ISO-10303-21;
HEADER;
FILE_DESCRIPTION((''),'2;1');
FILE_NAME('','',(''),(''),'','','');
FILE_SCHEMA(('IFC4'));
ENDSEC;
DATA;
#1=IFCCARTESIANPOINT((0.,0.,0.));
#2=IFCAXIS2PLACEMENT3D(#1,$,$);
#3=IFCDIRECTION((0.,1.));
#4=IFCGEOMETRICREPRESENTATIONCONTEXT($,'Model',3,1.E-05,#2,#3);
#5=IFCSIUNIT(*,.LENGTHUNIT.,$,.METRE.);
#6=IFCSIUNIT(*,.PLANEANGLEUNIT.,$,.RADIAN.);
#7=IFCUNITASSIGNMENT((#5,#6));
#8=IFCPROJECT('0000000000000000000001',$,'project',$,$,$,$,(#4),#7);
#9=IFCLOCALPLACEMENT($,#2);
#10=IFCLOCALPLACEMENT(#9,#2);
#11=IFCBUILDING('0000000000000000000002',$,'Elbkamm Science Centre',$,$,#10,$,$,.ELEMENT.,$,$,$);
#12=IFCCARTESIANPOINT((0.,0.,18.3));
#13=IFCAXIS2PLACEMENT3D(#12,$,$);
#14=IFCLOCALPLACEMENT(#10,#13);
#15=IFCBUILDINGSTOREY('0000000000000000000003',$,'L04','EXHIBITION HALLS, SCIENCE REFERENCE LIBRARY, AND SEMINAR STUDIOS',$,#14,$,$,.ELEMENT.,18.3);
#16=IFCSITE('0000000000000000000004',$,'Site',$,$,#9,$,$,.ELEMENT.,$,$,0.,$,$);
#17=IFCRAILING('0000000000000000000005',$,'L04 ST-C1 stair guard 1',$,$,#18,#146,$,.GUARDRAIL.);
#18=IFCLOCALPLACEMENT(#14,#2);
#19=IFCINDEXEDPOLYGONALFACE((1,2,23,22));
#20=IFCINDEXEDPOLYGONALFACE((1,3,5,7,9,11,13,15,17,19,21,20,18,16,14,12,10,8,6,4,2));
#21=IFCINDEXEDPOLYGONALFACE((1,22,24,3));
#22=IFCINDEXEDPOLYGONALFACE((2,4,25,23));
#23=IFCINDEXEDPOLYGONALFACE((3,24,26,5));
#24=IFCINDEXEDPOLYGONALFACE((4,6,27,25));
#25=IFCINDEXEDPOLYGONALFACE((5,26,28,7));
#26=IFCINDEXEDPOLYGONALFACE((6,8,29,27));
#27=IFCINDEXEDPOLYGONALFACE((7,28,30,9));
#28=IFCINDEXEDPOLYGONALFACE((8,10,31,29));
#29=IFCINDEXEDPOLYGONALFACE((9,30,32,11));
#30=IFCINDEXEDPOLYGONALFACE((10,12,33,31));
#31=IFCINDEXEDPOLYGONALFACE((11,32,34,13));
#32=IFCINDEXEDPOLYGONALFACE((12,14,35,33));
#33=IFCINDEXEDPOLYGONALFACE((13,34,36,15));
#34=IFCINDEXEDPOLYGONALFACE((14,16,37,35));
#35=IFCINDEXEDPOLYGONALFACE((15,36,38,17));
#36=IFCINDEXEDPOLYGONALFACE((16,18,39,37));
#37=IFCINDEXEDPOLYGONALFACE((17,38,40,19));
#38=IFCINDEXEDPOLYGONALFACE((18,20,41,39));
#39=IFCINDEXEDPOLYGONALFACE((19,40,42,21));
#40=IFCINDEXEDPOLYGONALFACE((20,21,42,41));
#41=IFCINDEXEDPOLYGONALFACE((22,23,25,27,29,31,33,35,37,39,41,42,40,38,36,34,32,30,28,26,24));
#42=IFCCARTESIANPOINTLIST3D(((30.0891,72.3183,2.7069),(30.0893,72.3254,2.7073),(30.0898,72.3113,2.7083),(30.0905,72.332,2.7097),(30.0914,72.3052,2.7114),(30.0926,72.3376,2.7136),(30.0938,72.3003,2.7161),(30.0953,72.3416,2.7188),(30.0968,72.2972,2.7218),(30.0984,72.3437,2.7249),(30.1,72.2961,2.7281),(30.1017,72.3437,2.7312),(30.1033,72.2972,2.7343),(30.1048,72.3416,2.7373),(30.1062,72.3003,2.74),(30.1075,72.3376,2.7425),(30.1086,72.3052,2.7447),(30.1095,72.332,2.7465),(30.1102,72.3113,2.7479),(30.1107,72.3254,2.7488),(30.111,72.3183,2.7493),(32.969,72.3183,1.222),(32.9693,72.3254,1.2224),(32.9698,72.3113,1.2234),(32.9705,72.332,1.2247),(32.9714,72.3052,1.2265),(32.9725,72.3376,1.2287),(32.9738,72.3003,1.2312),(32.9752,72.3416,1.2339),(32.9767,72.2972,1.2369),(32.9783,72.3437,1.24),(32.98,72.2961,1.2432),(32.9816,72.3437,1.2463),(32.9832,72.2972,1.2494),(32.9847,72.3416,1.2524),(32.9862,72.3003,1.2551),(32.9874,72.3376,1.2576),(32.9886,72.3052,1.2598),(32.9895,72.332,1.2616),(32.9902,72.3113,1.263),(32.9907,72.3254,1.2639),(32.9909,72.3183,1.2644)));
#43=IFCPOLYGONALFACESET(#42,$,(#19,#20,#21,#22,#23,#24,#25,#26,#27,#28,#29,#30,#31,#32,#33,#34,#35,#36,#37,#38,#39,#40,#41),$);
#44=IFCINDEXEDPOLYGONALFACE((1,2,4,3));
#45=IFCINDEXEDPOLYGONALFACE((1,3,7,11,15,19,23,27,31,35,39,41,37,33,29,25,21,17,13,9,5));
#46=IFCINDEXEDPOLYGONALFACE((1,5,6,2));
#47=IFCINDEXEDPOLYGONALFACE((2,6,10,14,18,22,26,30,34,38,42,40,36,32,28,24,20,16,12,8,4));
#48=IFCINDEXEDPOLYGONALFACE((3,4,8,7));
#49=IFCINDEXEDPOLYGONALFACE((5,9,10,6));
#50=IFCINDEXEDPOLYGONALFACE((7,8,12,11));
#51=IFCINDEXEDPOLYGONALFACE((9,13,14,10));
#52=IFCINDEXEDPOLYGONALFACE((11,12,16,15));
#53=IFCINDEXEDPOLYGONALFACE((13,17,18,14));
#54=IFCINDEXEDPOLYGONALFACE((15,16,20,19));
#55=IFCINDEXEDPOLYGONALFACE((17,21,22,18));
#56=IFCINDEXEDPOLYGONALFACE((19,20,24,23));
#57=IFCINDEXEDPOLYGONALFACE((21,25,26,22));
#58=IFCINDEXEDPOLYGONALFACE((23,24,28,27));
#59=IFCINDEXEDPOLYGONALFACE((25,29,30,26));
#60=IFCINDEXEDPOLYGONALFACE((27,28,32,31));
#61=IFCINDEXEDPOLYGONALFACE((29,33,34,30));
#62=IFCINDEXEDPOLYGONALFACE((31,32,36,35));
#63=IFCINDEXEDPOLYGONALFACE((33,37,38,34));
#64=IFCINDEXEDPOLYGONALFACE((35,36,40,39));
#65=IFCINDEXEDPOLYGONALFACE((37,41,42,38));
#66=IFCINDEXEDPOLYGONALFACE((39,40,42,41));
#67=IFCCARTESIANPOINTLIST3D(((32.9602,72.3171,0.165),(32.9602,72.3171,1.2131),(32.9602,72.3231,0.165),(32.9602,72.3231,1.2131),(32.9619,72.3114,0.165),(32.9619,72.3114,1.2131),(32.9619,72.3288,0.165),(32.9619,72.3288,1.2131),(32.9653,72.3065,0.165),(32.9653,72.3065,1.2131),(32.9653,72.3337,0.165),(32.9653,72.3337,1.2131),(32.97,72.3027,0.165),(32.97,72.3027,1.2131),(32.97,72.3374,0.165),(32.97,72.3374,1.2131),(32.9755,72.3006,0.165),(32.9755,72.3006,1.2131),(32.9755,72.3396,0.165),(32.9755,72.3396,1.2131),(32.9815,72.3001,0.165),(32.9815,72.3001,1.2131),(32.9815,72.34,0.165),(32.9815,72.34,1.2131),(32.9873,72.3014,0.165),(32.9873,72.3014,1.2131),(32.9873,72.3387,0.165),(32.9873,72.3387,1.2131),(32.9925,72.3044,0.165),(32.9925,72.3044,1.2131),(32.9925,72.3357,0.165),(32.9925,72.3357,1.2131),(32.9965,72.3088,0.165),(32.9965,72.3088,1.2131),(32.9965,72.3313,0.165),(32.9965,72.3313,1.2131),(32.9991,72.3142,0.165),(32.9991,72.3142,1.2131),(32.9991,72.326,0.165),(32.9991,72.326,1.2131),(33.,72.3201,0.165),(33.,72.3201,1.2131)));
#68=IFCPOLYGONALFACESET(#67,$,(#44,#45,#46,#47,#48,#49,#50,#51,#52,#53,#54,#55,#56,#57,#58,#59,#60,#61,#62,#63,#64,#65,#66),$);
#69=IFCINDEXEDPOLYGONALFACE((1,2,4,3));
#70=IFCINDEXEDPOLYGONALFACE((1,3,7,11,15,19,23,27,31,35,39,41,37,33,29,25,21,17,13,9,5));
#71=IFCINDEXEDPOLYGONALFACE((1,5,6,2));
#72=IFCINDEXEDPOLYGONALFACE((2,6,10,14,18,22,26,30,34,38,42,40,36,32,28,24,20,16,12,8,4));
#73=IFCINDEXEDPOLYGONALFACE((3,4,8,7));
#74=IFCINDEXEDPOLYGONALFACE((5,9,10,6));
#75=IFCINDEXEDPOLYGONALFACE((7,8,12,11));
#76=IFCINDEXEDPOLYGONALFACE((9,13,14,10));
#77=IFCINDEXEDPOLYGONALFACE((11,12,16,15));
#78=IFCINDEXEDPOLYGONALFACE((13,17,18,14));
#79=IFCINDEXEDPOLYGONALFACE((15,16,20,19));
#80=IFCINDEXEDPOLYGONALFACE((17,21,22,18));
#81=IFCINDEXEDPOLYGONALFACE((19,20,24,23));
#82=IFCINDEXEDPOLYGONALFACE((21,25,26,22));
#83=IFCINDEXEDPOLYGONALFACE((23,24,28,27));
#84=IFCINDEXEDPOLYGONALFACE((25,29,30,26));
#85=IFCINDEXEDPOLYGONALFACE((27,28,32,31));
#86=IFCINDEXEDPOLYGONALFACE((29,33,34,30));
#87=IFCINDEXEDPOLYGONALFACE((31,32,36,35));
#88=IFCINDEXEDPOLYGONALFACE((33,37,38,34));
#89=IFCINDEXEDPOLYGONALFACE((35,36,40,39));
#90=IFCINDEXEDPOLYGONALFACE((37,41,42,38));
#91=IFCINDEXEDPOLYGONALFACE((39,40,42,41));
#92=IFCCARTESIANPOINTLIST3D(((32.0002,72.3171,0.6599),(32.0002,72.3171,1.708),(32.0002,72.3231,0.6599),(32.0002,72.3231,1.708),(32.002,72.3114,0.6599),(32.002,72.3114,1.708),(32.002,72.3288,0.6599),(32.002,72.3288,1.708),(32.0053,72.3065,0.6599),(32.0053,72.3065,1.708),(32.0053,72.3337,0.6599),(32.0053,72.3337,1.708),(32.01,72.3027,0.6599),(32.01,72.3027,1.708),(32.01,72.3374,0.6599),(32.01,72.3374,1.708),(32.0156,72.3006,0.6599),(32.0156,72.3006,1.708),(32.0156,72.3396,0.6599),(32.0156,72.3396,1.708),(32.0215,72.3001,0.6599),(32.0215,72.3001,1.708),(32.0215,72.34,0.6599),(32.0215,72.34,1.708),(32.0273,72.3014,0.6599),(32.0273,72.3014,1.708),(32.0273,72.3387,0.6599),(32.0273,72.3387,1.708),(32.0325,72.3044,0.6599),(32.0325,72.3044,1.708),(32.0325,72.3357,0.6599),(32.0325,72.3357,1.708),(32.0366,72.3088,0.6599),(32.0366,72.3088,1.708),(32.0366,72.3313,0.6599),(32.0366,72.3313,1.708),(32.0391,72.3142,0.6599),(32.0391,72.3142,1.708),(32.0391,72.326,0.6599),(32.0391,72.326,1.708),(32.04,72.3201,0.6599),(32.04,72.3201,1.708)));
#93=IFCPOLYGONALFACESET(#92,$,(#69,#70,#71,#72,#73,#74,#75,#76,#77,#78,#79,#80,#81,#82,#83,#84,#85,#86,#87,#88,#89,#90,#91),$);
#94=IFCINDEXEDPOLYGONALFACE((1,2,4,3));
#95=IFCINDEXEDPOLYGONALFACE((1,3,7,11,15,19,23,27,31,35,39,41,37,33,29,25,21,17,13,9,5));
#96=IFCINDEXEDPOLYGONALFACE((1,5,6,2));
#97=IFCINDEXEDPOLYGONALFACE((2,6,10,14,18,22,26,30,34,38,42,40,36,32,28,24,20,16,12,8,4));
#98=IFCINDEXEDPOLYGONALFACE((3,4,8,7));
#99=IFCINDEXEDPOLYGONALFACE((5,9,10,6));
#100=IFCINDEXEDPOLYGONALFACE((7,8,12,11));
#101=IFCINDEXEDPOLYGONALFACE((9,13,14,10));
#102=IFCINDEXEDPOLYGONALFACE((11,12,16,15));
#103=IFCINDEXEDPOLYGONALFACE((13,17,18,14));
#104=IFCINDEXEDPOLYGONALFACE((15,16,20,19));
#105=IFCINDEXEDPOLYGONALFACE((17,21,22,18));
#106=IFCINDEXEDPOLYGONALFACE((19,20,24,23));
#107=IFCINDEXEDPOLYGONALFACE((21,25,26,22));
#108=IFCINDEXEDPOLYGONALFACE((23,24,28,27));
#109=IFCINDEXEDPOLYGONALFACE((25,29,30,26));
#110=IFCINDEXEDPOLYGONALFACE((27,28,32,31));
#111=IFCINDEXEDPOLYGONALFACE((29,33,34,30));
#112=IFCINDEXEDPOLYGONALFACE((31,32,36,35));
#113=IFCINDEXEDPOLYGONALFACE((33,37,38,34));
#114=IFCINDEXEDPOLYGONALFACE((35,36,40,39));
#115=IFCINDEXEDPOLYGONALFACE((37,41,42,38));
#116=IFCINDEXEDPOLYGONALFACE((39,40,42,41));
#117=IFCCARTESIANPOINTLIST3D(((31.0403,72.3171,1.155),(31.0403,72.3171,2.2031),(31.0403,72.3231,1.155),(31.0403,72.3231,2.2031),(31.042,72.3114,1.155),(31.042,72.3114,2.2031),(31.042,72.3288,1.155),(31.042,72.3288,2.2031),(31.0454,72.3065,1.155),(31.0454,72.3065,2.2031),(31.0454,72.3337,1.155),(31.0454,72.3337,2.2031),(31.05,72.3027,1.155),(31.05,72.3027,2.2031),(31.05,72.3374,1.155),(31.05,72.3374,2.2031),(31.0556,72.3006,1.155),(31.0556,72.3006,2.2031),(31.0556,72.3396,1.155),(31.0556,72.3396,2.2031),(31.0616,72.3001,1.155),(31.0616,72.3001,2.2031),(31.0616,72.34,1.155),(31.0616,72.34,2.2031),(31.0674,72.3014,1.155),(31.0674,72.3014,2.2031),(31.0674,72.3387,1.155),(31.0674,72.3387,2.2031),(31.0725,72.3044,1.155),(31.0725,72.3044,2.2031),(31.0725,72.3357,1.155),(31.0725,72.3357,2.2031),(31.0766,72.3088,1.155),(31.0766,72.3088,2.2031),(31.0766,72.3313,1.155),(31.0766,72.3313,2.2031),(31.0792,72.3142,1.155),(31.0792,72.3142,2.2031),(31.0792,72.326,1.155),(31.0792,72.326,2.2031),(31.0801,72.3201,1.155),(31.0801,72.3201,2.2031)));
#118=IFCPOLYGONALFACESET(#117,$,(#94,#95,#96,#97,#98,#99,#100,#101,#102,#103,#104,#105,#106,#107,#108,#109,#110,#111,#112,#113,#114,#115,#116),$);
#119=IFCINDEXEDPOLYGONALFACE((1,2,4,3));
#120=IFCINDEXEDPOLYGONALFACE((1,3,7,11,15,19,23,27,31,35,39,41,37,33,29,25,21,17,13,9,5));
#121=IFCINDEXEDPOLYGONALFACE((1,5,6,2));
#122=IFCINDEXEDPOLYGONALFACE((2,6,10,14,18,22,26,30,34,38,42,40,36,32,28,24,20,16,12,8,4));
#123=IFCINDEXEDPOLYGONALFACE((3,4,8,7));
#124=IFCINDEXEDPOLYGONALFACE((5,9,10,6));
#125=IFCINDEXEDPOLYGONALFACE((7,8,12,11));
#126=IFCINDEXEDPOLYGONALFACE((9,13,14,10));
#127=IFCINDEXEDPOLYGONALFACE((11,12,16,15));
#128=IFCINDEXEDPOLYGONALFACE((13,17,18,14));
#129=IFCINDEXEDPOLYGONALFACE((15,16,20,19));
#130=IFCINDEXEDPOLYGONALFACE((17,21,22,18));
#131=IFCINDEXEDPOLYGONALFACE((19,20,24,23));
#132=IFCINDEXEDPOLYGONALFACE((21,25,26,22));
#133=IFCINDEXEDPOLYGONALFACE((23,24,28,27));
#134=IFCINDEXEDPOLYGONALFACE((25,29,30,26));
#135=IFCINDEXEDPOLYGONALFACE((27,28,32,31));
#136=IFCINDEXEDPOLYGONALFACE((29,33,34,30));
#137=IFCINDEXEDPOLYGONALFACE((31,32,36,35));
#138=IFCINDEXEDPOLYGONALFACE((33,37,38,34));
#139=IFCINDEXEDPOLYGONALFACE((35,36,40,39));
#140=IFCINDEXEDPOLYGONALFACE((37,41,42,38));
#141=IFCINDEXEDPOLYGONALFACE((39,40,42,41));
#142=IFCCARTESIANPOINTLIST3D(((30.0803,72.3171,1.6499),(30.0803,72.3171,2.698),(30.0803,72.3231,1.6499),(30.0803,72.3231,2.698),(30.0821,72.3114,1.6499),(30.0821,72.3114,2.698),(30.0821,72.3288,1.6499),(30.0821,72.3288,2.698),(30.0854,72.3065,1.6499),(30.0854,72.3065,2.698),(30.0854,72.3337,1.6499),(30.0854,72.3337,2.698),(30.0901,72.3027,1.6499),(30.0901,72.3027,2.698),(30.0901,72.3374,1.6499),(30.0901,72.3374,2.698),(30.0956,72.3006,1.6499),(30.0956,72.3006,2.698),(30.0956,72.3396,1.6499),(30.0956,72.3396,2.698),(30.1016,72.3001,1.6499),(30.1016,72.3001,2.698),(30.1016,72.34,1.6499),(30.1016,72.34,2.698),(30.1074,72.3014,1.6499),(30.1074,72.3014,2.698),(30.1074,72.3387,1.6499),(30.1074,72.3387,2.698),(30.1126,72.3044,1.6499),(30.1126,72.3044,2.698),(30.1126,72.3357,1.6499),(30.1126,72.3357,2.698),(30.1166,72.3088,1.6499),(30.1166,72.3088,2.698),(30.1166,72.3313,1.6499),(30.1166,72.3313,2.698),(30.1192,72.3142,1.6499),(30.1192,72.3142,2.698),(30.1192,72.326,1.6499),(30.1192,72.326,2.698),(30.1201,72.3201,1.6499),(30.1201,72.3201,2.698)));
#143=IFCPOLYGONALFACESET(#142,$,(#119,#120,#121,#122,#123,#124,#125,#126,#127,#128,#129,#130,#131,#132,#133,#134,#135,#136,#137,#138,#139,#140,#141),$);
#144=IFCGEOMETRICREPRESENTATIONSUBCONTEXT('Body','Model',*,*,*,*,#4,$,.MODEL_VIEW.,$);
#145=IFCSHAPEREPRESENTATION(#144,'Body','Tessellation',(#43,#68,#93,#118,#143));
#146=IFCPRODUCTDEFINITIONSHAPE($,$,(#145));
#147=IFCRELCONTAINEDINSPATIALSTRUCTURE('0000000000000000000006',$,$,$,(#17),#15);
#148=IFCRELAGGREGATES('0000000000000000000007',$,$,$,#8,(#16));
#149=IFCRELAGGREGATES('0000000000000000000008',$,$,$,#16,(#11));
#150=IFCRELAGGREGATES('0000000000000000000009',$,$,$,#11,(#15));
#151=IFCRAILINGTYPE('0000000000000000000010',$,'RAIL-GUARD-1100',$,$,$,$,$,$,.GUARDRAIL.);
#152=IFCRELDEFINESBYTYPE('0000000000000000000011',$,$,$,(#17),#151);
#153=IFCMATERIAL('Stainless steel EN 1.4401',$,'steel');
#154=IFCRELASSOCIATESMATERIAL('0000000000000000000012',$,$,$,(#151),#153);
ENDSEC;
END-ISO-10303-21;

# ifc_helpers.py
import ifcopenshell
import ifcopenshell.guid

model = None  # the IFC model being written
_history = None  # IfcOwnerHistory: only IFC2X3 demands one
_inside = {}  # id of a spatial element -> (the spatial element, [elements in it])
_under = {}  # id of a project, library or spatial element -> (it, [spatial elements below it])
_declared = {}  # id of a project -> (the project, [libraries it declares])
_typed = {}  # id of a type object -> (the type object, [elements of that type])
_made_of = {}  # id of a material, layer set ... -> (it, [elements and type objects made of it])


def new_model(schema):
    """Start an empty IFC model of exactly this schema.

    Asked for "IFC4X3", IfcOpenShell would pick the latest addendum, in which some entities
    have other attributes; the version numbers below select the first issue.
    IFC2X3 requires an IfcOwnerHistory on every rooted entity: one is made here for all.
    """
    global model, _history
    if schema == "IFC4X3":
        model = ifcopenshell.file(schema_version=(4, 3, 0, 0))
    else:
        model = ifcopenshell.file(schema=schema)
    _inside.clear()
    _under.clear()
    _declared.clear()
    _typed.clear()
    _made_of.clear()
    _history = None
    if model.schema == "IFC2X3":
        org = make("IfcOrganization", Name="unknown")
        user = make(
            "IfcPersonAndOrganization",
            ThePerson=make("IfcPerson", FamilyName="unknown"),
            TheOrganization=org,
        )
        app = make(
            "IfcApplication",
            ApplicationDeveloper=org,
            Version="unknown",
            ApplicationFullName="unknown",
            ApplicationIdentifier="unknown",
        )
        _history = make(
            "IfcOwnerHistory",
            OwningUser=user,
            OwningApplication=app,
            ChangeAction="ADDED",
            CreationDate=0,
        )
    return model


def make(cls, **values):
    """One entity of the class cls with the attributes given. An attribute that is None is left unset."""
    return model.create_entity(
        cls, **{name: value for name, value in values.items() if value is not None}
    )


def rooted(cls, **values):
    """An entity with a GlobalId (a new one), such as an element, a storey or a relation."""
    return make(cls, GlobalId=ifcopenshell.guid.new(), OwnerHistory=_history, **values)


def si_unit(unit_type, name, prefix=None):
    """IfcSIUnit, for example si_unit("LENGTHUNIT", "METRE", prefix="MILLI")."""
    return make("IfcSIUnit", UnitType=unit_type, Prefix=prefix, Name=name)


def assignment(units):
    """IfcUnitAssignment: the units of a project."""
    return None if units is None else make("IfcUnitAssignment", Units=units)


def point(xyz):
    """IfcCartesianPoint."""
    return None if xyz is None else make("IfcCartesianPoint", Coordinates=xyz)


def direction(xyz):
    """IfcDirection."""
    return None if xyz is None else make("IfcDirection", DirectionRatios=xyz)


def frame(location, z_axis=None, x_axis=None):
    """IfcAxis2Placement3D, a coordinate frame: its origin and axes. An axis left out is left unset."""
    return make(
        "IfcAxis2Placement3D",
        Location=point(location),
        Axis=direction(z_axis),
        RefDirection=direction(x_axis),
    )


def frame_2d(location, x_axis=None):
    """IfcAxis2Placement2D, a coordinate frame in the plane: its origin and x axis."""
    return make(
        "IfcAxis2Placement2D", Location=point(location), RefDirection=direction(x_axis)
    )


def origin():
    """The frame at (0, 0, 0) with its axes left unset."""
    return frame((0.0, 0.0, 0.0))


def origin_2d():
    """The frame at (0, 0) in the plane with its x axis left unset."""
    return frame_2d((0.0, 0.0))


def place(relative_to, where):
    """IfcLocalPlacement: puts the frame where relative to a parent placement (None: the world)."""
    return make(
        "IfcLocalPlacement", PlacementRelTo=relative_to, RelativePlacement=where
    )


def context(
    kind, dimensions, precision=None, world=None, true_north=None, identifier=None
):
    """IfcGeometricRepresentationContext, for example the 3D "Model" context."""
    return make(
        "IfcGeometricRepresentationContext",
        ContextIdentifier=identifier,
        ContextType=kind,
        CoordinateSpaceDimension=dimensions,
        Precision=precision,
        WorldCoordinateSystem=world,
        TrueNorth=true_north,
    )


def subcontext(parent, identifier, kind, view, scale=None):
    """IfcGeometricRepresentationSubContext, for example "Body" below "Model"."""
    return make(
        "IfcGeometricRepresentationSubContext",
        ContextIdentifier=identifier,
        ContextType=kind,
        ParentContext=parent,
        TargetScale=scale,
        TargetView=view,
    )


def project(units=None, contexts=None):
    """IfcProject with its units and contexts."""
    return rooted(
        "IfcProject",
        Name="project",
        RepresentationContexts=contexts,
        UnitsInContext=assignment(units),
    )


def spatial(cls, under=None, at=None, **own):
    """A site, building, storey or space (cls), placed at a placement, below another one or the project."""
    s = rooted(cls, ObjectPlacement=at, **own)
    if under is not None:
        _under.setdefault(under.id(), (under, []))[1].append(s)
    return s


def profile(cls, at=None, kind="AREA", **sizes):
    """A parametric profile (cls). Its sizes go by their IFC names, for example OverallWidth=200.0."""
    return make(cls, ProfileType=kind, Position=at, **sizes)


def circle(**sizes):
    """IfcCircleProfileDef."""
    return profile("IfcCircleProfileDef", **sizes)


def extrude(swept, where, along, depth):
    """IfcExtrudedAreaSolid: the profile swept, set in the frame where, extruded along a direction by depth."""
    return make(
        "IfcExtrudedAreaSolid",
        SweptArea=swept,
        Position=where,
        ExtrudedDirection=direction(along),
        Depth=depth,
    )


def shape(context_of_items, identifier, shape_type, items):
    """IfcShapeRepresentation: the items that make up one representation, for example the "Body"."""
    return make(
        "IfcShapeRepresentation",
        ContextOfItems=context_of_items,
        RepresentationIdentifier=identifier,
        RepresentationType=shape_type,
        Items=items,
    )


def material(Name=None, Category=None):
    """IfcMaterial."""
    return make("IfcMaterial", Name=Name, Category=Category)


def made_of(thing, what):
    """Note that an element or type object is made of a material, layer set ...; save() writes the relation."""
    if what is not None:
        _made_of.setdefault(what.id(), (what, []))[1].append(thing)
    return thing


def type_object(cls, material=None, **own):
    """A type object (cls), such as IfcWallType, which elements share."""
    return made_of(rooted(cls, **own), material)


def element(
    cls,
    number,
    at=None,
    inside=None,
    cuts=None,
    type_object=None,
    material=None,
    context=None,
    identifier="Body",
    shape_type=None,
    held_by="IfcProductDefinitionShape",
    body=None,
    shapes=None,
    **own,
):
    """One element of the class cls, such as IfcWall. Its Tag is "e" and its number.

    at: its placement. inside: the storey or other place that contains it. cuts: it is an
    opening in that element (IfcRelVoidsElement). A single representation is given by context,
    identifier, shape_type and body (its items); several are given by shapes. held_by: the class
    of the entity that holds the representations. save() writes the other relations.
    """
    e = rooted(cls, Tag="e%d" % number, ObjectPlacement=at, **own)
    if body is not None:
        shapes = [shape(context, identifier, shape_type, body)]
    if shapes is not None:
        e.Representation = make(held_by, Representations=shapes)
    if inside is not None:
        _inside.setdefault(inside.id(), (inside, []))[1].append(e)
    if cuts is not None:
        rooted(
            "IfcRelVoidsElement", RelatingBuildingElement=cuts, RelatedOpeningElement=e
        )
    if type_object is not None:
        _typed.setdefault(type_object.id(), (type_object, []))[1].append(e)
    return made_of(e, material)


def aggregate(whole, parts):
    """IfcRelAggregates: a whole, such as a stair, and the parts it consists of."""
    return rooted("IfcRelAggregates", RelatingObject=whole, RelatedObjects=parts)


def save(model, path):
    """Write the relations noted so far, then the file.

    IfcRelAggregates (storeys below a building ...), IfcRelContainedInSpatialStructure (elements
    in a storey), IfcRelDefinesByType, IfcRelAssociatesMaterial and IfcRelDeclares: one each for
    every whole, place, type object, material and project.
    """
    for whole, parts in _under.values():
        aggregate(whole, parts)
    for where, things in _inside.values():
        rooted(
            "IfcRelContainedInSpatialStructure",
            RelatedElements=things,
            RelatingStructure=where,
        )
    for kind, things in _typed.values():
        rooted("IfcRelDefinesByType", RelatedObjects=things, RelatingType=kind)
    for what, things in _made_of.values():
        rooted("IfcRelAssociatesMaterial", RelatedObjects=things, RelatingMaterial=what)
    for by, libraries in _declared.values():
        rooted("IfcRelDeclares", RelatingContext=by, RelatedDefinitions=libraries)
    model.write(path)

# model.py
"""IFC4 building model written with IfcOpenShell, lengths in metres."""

from ifc_helpers import new_model, si_unit, direction, frame, origin, origin_2d, place, context, subcontext, project, spatial, circle, extrude, material, type_object, element, save


model = new_model("IFC4")

# Units and contexts
model_context = context("Model", 3, precision=1e-05, world=origin(), true_north=direction((0.0, 1.0)))
body_context = subcontext(model_context, "Body", "Model", "MODEL_VIEW")
ifc_project = project(units=[si_unit("LENGTHUNIT", "METRE"), si_unit("PLANEANGLEUNIT", "RADIAN")], contexts=[model_context])

# Site, building, storey
site_placement = place(None, origin())
site = spatial("IfcSite", under=ifc_project, at=site_placement, Name="Site", CompositionType="ELEMENT", RefElevation=0.0)
building_placement = place(site_placement, origin())
building = spatial("IfcBuilding", under=site, at=building_placement, Name="Elbkamm Science Centre", CompositionType="ELEMENT")
storey_placement = place(building_placement, frame((0.0, 0.0, 18.3)))
storey = spatial("IfcBuildingStorey", under=building, at=storey_placement, Name="L04", Description="EXHIBITION HALLS, SCIENCE REFERENCE LIBRARY, AND SEMINAR STUDIOS", CompositionType="ELEMENT", Elevation=18.3)

# Railing
ifc_material_1 = material(Name="Stainless steel EN 1.4401", Category="steel")
railing_type_1 = type_object("IfcRailingType", Name="RAIL-GUARD-1100", PredefinedType="GUARDRAIL", material=ifc_material_1)
railing_1_placement = place(storey_placement, frame((32.98, 72.3201, 0.165)))
element("IfcRailing", 1, at=railing_1_placement, inside=storey, type_object=railing_type_1, Name="L04 ST-C1 stair guard 1", PredefinedType="GUARDRAIL", context=body_context, shape_type="SweptSolid", body=[
    extrude(circle(Radius=0.0239, at=origin_2d()), frame((0.0, 0.0, 1.0781), z_axis=(-0.888813, 0.0, 0.458271), x_axis=(0.0, -1.0, 0.0)), (0.0, 0.0, 1.0), 3.2402),
    extrude(circle(Radius=0.02, at=origin_2d()), origin(), (0.0, 0.0, 1.0), 1.0481),
    extrude(circle(Radius=0.02, at=origin_2d()), frame((-0.96, 0.0, 0.4949)), (0.0, 0.0, 1.0), 1.0481),
    extrude(circle(Radius=0.02, at=origin_2d()), frame((-1.9199, 0.0, 0.99)), (0.0, 0.0, 1.0), 1.0481),
    extrude(circle(Radius=0.02, at=origin_2d()), frame((-2.8799, 0.0, 1.4849)), (0.0, 0.0, 1.0), 1.0481),
])

save(model, "model.ifc")
